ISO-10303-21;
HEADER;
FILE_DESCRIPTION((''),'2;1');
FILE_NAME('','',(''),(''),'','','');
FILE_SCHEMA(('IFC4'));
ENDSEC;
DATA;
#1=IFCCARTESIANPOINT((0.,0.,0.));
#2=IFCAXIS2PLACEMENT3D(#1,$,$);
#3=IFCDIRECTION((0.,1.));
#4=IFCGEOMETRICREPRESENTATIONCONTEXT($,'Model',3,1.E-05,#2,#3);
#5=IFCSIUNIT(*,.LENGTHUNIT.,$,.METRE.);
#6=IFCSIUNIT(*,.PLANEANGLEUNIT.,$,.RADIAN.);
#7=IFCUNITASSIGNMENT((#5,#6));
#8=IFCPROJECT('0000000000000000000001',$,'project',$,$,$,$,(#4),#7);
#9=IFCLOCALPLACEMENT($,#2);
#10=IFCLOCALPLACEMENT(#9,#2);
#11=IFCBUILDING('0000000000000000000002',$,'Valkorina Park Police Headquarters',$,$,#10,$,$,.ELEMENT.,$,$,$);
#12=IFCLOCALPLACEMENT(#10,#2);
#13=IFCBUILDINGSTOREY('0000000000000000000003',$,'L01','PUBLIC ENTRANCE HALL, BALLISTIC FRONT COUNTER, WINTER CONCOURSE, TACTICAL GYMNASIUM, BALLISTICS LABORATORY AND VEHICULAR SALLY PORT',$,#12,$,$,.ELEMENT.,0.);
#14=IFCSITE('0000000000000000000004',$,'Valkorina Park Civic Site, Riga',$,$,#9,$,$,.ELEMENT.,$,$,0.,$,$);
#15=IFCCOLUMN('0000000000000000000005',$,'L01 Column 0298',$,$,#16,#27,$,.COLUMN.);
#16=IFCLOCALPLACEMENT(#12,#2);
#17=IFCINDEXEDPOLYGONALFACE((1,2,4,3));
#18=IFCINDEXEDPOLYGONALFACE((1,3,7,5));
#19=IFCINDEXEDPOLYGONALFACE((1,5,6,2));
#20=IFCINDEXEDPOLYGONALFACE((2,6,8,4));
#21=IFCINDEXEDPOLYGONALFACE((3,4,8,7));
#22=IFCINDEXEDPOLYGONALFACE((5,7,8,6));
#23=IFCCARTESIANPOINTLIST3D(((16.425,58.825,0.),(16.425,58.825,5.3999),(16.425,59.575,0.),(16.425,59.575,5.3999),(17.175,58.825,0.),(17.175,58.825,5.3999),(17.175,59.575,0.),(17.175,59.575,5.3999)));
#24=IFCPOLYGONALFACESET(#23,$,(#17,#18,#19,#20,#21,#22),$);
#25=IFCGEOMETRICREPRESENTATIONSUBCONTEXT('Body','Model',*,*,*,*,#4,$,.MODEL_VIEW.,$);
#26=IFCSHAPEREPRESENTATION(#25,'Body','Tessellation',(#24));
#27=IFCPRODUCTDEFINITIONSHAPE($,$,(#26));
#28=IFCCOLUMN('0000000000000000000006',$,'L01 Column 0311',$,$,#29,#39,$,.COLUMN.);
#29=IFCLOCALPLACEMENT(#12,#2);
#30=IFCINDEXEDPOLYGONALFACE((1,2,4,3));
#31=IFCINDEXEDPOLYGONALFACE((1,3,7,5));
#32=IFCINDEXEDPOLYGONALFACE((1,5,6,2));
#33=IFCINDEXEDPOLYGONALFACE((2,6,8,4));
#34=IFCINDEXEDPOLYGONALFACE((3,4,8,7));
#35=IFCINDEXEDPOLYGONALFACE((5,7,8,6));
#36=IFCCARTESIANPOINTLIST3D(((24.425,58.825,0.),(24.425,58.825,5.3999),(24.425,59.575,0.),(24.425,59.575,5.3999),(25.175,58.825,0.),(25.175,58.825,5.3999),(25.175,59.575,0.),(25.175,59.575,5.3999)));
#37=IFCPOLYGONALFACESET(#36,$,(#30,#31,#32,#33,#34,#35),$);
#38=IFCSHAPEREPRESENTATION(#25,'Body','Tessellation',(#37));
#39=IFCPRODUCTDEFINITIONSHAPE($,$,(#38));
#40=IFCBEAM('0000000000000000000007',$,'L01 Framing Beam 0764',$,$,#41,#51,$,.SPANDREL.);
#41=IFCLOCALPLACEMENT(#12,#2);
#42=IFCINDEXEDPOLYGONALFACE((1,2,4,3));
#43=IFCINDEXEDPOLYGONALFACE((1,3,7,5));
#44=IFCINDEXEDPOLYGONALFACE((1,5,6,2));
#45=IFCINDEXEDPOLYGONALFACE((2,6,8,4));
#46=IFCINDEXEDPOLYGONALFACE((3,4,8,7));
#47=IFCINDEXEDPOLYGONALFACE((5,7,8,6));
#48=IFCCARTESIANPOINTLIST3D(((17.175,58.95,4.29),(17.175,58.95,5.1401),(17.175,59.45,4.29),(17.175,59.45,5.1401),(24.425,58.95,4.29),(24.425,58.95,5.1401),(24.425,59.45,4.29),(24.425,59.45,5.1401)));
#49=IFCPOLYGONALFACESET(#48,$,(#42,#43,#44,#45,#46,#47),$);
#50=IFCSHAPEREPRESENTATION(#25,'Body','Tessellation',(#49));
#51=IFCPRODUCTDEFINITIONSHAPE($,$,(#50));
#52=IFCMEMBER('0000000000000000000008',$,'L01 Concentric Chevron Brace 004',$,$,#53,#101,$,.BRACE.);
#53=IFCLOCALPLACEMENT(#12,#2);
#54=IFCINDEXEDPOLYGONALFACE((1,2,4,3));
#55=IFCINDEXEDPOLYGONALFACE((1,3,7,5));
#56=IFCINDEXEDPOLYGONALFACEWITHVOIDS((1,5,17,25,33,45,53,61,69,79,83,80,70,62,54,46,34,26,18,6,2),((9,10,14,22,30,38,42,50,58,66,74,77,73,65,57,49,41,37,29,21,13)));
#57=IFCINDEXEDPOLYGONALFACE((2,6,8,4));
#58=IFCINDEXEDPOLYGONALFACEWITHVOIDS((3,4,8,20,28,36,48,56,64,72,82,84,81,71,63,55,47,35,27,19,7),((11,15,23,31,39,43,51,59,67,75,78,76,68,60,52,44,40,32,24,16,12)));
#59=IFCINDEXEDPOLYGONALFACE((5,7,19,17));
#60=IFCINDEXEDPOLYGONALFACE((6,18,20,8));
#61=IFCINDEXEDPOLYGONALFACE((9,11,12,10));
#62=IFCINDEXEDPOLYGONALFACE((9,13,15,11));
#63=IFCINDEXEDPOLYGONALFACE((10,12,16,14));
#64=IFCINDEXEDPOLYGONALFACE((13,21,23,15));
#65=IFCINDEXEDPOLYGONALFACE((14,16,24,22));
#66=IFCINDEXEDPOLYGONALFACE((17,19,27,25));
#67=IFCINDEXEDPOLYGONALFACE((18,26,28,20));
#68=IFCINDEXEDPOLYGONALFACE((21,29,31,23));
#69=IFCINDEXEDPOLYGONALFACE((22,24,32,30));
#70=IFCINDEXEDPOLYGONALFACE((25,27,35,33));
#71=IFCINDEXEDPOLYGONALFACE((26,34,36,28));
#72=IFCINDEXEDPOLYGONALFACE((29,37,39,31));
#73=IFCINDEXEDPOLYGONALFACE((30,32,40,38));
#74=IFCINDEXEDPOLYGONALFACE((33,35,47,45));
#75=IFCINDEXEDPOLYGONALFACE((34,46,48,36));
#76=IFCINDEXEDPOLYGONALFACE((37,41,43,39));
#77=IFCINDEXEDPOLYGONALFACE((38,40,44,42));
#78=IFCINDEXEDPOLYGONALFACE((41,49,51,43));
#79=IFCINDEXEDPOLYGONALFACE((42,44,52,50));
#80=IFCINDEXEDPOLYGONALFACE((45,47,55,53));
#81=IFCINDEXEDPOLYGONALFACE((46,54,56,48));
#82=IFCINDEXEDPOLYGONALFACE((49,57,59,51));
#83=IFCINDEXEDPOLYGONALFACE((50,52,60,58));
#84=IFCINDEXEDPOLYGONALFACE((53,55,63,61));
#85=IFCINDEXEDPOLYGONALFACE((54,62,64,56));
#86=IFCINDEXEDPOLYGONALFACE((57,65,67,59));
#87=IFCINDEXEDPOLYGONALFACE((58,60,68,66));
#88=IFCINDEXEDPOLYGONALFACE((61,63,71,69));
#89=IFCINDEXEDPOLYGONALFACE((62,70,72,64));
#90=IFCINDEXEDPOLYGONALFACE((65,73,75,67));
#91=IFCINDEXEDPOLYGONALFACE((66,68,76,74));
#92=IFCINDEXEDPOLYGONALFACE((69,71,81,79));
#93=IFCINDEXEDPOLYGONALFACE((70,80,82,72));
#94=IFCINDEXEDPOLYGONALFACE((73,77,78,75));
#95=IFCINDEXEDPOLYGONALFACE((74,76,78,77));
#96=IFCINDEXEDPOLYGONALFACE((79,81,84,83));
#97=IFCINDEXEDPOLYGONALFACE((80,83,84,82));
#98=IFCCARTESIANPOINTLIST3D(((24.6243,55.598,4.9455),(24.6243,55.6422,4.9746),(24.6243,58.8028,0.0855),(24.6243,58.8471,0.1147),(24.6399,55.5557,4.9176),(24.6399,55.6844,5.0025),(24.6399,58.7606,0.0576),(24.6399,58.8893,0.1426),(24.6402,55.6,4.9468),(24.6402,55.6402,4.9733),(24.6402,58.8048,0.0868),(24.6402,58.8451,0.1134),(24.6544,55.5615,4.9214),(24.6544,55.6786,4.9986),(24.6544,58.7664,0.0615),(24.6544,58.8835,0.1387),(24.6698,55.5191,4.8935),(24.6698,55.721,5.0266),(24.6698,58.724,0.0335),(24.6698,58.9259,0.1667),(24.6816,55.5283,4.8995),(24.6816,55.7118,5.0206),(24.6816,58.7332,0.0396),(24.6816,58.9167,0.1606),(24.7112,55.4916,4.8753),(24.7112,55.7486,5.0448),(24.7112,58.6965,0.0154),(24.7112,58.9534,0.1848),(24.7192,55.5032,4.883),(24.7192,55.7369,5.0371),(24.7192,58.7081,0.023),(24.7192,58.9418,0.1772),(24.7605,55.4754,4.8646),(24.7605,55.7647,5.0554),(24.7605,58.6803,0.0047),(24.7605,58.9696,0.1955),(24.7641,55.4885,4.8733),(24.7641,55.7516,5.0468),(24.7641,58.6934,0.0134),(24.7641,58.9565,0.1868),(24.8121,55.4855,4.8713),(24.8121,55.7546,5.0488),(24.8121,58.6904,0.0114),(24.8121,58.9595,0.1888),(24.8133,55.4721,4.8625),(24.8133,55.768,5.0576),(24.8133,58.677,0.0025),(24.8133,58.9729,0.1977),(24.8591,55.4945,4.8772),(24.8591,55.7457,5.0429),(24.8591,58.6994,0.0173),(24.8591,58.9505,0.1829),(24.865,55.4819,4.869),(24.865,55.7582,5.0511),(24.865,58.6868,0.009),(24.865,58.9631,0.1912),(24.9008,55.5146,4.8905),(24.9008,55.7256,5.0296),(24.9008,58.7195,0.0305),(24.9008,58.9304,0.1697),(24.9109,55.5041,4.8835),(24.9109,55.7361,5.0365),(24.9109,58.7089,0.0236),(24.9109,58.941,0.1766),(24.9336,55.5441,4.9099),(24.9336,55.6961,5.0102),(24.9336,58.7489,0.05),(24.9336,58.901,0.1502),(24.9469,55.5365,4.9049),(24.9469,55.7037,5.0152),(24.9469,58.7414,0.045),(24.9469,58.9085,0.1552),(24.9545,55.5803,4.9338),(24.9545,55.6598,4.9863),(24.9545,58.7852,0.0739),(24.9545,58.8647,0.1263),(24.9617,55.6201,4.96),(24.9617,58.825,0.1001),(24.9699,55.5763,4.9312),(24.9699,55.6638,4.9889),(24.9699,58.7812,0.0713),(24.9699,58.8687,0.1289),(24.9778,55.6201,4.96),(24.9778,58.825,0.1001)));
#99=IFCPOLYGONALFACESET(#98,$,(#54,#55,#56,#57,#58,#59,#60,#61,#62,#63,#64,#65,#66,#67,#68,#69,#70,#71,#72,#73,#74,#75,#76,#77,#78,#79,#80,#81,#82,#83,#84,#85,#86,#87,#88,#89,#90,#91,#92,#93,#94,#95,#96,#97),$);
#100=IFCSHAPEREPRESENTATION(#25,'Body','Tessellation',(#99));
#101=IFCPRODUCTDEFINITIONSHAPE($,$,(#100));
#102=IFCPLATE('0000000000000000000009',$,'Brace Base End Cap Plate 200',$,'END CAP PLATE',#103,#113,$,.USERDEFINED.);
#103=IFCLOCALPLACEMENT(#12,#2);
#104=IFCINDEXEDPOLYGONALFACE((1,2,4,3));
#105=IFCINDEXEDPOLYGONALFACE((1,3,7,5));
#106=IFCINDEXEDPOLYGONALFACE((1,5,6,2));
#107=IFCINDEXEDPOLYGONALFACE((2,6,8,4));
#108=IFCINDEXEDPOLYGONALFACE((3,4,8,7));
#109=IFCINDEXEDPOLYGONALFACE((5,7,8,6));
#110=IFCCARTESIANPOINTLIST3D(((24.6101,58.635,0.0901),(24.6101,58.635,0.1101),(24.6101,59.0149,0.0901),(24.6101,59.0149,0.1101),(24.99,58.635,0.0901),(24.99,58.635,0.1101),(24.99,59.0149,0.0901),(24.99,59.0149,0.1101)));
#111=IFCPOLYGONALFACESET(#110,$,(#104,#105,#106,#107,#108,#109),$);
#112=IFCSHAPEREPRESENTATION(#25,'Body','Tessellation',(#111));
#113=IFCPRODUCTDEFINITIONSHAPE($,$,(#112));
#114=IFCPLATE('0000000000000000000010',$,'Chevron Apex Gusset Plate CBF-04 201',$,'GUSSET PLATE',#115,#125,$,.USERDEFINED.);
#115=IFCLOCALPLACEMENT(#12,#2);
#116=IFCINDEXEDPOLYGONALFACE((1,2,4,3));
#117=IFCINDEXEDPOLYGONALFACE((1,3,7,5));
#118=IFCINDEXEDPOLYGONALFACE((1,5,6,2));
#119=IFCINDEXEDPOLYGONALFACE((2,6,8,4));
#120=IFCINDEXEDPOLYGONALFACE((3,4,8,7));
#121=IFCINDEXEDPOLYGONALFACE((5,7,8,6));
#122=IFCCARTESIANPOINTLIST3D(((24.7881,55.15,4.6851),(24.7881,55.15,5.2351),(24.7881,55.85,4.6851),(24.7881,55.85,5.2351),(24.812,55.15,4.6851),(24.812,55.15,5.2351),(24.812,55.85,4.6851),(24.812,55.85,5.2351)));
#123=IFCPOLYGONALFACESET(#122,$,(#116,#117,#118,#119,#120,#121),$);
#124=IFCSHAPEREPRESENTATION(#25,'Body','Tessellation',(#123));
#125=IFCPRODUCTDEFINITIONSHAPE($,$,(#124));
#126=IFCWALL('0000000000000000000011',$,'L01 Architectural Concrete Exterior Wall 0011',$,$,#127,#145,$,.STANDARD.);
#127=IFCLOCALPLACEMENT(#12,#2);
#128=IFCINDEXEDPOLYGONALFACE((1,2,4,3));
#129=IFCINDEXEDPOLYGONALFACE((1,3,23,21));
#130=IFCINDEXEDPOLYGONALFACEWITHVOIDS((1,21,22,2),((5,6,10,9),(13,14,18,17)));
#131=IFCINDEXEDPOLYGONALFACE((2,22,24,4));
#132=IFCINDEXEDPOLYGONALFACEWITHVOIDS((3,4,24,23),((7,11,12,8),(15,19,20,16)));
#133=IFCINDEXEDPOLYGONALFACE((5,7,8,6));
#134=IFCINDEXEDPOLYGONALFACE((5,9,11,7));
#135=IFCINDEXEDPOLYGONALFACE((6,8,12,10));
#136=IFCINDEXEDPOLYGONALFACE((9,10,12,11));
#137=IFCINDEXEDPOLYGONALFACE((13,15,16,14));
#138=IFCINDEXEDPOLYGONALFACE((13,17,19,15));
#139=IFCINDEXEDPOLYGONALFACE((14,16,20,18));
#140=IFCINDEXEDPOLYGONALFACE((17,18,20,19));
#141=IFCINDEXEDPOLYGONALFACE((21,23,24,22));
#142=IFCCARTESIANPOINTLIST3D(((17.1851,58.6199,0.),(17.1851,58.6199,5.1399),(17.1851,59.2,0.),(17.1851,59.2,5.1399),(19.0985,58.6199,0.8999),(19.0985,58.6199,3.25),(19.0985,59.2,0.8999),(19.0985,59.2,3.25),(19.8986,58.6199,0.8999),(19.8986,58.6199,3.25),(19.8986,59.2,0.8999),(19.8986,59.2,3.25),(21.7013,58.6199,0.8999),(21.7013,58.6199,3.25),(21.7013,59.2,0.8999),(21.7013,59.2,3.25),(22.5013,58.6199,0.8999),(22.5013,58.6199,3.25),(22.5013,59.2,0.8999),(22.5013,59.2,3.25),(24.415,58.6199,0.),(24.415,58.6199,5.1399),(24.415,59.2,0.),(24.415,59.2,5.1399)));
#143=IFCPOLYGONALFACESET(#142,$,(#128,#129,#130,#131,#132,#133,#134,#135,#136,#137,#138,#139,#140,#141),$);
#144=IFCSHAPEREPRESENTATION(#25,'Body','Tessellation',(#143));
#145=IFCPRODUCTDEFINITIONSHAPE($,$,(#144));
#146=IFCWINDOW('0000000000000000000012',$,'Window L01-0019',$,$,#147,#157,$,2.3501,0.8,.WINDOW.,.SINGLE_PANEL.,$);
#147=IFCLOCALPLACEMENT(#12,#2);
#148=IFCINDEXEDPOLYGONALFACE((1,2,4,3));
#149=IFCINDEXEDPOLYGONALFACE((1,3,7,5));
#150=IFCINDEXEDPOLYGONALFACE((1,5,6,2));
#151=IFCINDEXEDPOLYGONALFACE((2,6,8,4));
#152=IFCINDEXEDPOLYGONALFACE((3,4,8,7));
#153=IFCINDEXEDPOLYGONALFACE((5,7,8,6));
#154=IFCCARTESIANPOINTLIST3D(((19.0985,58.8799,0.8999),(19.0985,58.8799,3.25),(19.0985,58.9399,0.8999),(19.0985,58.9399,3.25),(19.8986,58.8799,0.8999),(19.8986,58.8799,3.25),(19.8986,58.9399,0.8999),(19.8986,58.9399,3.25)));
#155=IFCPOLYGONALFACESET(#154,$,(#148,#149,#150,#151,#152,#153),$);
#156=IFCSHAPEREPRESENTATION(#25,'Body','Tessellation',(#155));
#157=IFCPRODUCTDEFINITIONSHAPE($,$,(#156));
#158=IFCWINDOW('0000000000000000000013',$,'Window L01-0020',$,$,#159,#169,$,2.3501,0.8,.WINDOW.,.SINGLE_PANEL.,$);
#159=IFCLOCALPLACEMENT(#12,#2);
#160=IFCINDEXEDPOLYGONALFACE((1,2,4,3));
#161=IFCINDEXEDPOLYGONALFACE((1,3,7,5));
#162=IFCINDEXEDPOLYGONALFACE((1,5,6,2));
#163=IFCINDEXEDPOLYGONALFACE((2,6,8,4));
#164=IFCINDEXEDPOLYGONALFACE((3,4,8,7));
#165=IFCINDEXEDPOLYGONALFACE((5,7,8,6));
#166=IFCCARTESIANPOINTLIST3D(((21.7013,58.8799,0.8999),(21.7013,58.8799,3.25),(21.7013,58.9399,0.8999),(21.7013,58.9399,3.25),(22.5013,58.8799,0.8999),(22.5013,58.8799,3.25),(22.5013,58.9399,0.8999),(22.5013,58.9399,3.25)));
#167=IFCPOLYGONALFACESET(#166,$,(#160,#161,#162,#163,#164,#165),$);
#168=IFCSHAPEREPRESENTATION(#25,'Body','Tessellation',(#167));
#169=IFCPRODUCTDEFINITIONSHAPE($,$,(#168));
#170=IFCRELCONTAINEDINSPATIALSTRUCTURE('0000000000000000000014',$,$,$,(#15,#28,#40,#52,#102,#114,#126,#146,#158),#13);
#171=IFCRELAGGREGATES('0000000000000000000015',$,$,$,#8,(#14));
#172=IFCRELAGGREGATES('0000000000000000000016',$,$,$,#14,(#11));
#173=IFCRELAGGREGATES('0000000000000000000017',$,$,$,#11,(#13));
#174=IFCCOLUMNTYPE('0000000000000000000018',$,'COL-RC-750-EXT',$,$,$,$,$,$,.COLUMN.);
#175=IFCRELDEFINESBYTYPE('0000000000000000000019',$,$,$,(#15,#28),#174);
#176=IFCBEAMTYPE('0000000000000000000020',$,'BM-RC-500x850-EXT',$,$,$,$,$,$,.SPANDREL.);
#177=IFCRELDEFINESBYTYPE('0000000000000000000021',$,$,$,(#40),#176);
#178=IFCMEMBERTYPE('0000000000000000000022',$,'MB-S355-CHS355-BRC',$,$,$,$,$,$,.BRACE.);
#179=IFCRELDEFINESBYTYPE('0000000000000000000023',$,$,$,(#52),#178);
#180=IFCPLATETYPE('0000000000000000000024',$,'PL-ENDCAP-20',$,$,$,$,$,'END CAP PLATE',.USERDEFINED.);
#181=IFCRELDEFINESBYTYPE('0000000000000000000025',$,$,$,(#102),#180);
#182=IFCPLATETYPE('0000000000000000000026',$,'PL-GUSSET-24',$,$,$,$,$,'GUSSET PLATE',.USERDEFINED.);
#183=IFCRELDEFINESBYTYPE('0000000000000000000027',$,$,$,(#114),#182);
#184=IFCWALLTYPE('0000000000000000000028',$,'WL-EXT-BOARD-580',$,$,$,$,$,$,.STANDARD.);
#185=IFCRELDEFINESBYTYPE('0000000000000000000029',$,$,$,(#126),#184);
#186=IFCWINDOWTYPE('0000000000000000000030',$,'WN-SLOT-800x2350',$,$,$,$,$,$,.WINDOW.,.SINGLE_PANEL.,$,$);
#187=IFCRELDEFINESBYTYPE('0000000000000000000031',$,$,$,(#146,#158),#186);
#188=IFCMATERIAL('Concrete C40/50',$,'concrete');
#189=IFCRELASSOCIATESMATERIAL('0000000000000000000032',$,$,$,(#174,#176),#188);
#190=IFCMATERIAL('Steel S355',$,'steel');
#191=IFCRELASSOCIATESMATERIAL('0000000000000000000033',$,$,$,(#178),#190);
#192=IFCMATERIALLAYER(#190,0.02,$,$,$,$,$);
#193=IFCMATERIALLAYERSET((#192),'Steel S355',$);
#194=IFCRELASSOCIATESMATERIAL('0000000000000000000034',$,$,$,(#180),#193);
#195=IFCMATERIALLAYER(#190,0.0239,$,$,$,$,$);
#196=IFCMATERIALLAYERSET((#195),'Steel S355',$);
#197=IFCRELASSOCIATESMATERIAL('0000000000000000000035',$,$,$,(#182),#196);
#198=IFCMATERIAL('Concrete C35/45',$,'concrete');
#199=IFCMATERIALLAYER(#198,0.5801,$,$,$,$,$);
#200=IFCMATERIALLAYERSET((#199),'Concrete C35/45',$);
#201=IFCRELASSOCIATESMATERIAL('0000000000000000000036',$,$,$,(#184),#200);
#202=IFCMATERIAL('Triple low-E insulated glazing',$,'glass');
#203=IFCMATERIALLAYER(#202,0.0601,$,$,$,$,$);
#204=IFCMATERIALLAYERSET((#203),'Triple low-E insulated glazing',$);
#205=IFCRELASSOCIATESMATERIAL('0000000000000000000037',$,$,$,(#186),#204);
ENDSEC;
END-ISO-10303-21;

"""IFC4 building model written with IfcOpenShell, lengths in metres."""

from ifc_helpers import new_model, si_unit, direction, frame, frame_2d, origin, origin_2d, place, context, subcontext, project, spatial, rectangle, hollow_circle, extrude, material, layer, layer_set, material_profile, profile_set, type_object, element, fill, save


model = new_model("IFC4")

# Units and contexts
model_context = context("Model", 3, precision=1e-05, world=origin(), true_north=direction((0.0, 1.0)))
body_context = subcontext(model_context, "Body", "Model", "MODEL_VIEW")
ifc_project = project(units=[si_unit("LENGTHUNIT", "METRE"), si_unit("PLANEANGLEUNIT", "RADIAN")], contexts=[model_context])

# Site, building, storey
site_placement = place(None, origin())
site = spatial("IfcSite", under=ifc_project, at=site_placement, Name="Valkorina Park Civic Site, Riga", CompositionType="ELEMENT", RefElevation=0.0)
building_placement = place(site_placement, origin())
building = spatial("IfcBuilding", under=site, at=building_placement, Name="Valkorina Park Police Headquarters", CompositionType="ELEMENT")
storey_placement = place(building_placement, origin())
storey = spatial("IfcBuildingStorey", under=building, at=storey_placement, Name="L01", Description="PUBLIC ENTRANCE HALL, BALLISTIC FRONT COUNTER, WINTER CONCOURSE, TACTICAL GYMNASIUM, BALLISTICS LABORATORY AND VEHICULAR SALLY PORT", CompositionType="ELEMENT", Elevation=0.0)

# Columns
ifc_material_1 = material(Name="Concrete C40/50", Category="concrete")
ifc_material_profile_1 = material_profile(ifc_material_1, rectangle(XDim=0.75, YDim=0.75, at=origin_2d()), Name="RC COL 750x750")
ifc_profile_set_1 = profile_set([ifc_material_profile_1], Name="Concrete C40/50")
column_type = type_object("IfcColumnType", Name="COL-RC-750-EXT", PredefinedType="COLUMN", material=ifc_profile_set_1)
for number, where, z_axis, x_axis, name in (
    (1, (16.8, 59.2, 0.0), (0.0, 0.0, 1.0), (1.0, 0.0, 0.0), "L01 Column 0298"),
    (2, (24.8, 59.2, 0.0), (0.0, 0.0, 1.0), (1.0, 0.0, 0.0), "L01 Column 0311"),
):
    element("IfcColumn", number, at=place(storey_placement, frame(where, z_axis=z_axis, x_axis=x_axis)), inside=storey, type_object=column_type, Name=name, PredefinedType="COLUMN", context=body_context, shape_type="SweptSolid", body=[
        extrude(rectangle(XDim=0.75, YDim=0.75, at=origin_2d()), origin(), (0.0, 0.0, 1.0), 5.3999),
    ])

# Beam
ifc_material_profile_2 = material_profile(ifc_material_1, rectangle(XDim=0.5, YDim=0.8501, at=origin_2d()), Name="RC BEAM 500x850")
ifc_profile_set_2 = profile_set([ifc_material_profile_2], Name="Concrete C40/50")
beam_type = type_object("IfcBeamType", Name="BM-RC-500x850-EXT", PredefinedType="SPANDREL", material=ifc_profile_set_2)
beam_placement = place(storey_placement, frame((17.175, 59.2, 4.7151), z_axis=(1.0, 0.0, 0.0), x_axis=(0.0, 1.0, 0.0)))
element("IfcBeam", 3, at=beam_placement, inside=storey, type_object=beam_type, Name="L01 Framing Beam 0764", PredefinedType="SPANDREL", context=body_context, shape_type="SweptSolid", body=[
    extrude(rectangle(XDim=0.5, YDim=0.8501, at=origin_2d()), origin(), (0.0, 0.0, 1.0), 7.25),
])

# Member
ifc_material_2 = material(Name="Steel S355", Category="steel")
ifc_material_profile_3 = material_profile(ifc_material_2, hollow_circle(Radius=0.1777, WallThickness=0.0161, at=origin_2d()), Name="CHS 355.6x16")
ifc_profile_set_3 = profile_set([ifc_material_profile_3], Name="Steel S355")
member_type = type_object("IfcMemberType", Name="MB-S355-CHS355-BRC", PredefinedType="BRACE", material=ifc_profile_set_3)
member_placement = place(storey_placement, frame((24.8, 58.825, 0.1001), z_axis=(0.0, -0.550522, 0.834821), x_axis=(1.0, 0.0, 0.0)))
element("IfcMember", 4, at=member_placement, inside=storey, type_object=member_type, Name="L01 Concentric Chevron Brace 004", PredefinedType="BRACE", context=body_context, shape_type="SweptSolid", body=[
    extrude(hollow_circle(Radius=0.1777, WallThickness=0.0161, at=origin_2d()), origin(), (0.0, 0.0, 1.0), 5.8215),
])

# Plates
ifc_layer_1 = layer(ifc_material_2, 0.02)
ifc_layer_set_1 = layer_set([ifc_layer_1], Name="Steel S355")
plate_type_1 = type_object("IfcPlateType", Name="PL-ENDCAP-20", ElementType="END CAP PLATE", PredefinedType="USERDEFINED", material=ifc_layer_set_1)
plate_1_placement = place(storey_placement, frame((24.8, 58.825, 0.0901), z_axis=(0.0, 0.0, 1.0), x_axis=(1.0, 0.0, 0.0)))
element("IfcPlate", 5, at=plate_1_placement, inside=storey, type_object=plate_type_1, Name="Brace Base End Cap Plate 200", ObjectType="END CAP PLATE", PredefinedType="USERDEFINED", context=body_context, shape_type="SweptSolid", body=[
    extrude(rectangle(XDim=0.3799, YDim=0.3799, at=origin_2d()), origin(), (0.0, 0.0, 1.0), 0.02),
])
ifc_layer_2 = layer(ifc_material_2, 0.0239)
ifc_layer_set_2 = layer_set([ifc_layer_2], Name="Steel S355")
plate_type_2 = type_object("IfcPlateType", Name="PL-GUSSET-24", ElementType="GUSSET PLATE", PredefinedType="USERDEFINED", material=ifc_layer_set_2)
plate_2_placement = place(storey_placement, frame((24.8, 55.5, 4.6851), z_axis=(0.0, 0.0, 1.0), x_axis=(1.0, 0.0, 0.0)))
element("IfcPlate", 6, at=plate_2_placement, inside=storey, type_object=plate_type_2, Name="Chevron Apex Gusset Plate CBF-04 201", ObjectType="GUSSET PLATE", PredefinedType="USERDEFINED", context=body_context, shape_type="SweptSolid", body=[
    extrude(rectangle(XDim=0.0239, YDim=0.7, at=origin_2d()), origin(), (0.0, 0.0, 1.0), 0.55),
])

# Wall, openings, windows
ifc_material_3 = material(Name="Concrete C35/45", Category="concrete")
ifc_layer_3 = layer(ifc_material_3, 0.5801)
ifc_layer_set_3 = layer_set([ifc_layer_3], Name="Concrete C35/45")
wall_type = type_object("IfcWallType", Name="WL-EXT-BOARD-580", PredefinedType="STANDARD", material=ifc_layer_set_3)
wall_placement = place(storey_placement, frame((17.1851, 58.9099, 0.0), z_axis=(0.0, 0.0, 1.0), x_axis=(1.0, 0.0, 0.0)))
wall = element("IfcWall", 7, at=wall_placement, inside=storey, type_object=wall_type, Name="L01 Architectural Concrete Exterior Wall 0011", PredefinedType="STANDARD", context=body_context, shape_type="SweptSolid", body=[
    extrude(rectangle(XDim=7.23, YDim=0.5801, at=frame_2d((3.615, 0.0))), origin(), (0.0, 0.0, 1.0), 5.1399),
])
opening_1_placement = place(wall_placement, frame((1.9136, 0.0, 0.8999)))
opening_1 = element("IfcOpeningElement", 8, at=opening_1_placement, cuts=wall, PredefinedType="OPENING", context=body_context, shape_type="SweptSolid", body=[
    extrude(rectangle(XDim=0.8, YDim=2.3501, at=frame_2d((0.3999, 1.175))), frame((0.0, 0.3, 0.0), z_axis=(0.0, -1.0, 0.0), x_axis=(1.0, 0.0, 0.0)), (0.0, 0.0, 1.0), 0.6001),
])
opening_2_placement = place(wall_placement, frame((4.5164, 0.0, 0.8999)))
opening_2 = element("IfcOpeningElement", 9, at=opening_2_placement, cuts=wall, PredefinedType="OPENING", context=body_context, shape_type="SweptSolid", body=[
    extrude(rectangle(XDim=0.8, YDim=2.3501, at=frame_2d((0.3999, 1.175))), frame((0.0, 0.3, 0.0), z_axis=(0.0, -1.0, 0.0), x_axis=(1.0, 0.0, 0.0)), (0.0, 0.0, 1.0), 0.6001),
])
ifc_material_4 = material(Name="Triple low-E insulated glazing", Category="glass")
ifc_layer_4 = layer(ifc_material_4, 0.0601)
ifc_layer_set_4 = layer_set([ifc_layer_4], Name="Triple low-E insulated glazing")
window_type = type_object("IfcWindowType", Name="WN-SLOT-800x2350", PartitioningType="SINGLE_PANEL", PredefinedType="WINDOW", material=ifc_layer_set_4)
window_1_placement = place(opening_1_placement, origin())
window_1 = element("IfcWindow", 10, at=window_1_placement, inside=storey, type_object=window_type, Name="Window L01-0019", OverallHeight=2.3501, OverallWidth=0.8, PartitioningType="SINGLE_PANEL", PredefinedType="WINDOW", context=body_context, shape_type="SweptSolid", body=[
    extrude(rectangle(XDim=0.8, YDim=2.3501, at=frame_2d((0.3999, 1.175))), frame((0.0, 0.03, 0.0), z_axis=(0.0, -1.0, 0.0), x_axis=(1.0, 0.0, 0.0)), (0.0, 0.0, 1.0), 0.0601),
])
fill(opening_1, window_1)
window_2_placement = place(opening_2_placement, origin())
window_2 = element("IfcWindow", 11, at=window_2_placement, inside=storey, type_object=window_type, Name="Window L01-0020", OverallHeight=2.3501, OverallWidth=0.8, PartitioningType="SINGLE_PANEL", PredefinedType="WINDOW", context=body_context, shape_type="SweptSolid", body=[
    extrude(rectangle(XDim=0.8, YDim=2.3501, at=frame_2d((0.3999, 1.175))), frame((0.0, 0.03, 0.0), z_axis=(0.0, -1.0, 0.0), x_axis=(1.0, 0.0, 0.0)), (0.0, 0.0, 1.0), 0.0601),
])
fill(opening_2, window_2)

save(model, "model.ifc")
